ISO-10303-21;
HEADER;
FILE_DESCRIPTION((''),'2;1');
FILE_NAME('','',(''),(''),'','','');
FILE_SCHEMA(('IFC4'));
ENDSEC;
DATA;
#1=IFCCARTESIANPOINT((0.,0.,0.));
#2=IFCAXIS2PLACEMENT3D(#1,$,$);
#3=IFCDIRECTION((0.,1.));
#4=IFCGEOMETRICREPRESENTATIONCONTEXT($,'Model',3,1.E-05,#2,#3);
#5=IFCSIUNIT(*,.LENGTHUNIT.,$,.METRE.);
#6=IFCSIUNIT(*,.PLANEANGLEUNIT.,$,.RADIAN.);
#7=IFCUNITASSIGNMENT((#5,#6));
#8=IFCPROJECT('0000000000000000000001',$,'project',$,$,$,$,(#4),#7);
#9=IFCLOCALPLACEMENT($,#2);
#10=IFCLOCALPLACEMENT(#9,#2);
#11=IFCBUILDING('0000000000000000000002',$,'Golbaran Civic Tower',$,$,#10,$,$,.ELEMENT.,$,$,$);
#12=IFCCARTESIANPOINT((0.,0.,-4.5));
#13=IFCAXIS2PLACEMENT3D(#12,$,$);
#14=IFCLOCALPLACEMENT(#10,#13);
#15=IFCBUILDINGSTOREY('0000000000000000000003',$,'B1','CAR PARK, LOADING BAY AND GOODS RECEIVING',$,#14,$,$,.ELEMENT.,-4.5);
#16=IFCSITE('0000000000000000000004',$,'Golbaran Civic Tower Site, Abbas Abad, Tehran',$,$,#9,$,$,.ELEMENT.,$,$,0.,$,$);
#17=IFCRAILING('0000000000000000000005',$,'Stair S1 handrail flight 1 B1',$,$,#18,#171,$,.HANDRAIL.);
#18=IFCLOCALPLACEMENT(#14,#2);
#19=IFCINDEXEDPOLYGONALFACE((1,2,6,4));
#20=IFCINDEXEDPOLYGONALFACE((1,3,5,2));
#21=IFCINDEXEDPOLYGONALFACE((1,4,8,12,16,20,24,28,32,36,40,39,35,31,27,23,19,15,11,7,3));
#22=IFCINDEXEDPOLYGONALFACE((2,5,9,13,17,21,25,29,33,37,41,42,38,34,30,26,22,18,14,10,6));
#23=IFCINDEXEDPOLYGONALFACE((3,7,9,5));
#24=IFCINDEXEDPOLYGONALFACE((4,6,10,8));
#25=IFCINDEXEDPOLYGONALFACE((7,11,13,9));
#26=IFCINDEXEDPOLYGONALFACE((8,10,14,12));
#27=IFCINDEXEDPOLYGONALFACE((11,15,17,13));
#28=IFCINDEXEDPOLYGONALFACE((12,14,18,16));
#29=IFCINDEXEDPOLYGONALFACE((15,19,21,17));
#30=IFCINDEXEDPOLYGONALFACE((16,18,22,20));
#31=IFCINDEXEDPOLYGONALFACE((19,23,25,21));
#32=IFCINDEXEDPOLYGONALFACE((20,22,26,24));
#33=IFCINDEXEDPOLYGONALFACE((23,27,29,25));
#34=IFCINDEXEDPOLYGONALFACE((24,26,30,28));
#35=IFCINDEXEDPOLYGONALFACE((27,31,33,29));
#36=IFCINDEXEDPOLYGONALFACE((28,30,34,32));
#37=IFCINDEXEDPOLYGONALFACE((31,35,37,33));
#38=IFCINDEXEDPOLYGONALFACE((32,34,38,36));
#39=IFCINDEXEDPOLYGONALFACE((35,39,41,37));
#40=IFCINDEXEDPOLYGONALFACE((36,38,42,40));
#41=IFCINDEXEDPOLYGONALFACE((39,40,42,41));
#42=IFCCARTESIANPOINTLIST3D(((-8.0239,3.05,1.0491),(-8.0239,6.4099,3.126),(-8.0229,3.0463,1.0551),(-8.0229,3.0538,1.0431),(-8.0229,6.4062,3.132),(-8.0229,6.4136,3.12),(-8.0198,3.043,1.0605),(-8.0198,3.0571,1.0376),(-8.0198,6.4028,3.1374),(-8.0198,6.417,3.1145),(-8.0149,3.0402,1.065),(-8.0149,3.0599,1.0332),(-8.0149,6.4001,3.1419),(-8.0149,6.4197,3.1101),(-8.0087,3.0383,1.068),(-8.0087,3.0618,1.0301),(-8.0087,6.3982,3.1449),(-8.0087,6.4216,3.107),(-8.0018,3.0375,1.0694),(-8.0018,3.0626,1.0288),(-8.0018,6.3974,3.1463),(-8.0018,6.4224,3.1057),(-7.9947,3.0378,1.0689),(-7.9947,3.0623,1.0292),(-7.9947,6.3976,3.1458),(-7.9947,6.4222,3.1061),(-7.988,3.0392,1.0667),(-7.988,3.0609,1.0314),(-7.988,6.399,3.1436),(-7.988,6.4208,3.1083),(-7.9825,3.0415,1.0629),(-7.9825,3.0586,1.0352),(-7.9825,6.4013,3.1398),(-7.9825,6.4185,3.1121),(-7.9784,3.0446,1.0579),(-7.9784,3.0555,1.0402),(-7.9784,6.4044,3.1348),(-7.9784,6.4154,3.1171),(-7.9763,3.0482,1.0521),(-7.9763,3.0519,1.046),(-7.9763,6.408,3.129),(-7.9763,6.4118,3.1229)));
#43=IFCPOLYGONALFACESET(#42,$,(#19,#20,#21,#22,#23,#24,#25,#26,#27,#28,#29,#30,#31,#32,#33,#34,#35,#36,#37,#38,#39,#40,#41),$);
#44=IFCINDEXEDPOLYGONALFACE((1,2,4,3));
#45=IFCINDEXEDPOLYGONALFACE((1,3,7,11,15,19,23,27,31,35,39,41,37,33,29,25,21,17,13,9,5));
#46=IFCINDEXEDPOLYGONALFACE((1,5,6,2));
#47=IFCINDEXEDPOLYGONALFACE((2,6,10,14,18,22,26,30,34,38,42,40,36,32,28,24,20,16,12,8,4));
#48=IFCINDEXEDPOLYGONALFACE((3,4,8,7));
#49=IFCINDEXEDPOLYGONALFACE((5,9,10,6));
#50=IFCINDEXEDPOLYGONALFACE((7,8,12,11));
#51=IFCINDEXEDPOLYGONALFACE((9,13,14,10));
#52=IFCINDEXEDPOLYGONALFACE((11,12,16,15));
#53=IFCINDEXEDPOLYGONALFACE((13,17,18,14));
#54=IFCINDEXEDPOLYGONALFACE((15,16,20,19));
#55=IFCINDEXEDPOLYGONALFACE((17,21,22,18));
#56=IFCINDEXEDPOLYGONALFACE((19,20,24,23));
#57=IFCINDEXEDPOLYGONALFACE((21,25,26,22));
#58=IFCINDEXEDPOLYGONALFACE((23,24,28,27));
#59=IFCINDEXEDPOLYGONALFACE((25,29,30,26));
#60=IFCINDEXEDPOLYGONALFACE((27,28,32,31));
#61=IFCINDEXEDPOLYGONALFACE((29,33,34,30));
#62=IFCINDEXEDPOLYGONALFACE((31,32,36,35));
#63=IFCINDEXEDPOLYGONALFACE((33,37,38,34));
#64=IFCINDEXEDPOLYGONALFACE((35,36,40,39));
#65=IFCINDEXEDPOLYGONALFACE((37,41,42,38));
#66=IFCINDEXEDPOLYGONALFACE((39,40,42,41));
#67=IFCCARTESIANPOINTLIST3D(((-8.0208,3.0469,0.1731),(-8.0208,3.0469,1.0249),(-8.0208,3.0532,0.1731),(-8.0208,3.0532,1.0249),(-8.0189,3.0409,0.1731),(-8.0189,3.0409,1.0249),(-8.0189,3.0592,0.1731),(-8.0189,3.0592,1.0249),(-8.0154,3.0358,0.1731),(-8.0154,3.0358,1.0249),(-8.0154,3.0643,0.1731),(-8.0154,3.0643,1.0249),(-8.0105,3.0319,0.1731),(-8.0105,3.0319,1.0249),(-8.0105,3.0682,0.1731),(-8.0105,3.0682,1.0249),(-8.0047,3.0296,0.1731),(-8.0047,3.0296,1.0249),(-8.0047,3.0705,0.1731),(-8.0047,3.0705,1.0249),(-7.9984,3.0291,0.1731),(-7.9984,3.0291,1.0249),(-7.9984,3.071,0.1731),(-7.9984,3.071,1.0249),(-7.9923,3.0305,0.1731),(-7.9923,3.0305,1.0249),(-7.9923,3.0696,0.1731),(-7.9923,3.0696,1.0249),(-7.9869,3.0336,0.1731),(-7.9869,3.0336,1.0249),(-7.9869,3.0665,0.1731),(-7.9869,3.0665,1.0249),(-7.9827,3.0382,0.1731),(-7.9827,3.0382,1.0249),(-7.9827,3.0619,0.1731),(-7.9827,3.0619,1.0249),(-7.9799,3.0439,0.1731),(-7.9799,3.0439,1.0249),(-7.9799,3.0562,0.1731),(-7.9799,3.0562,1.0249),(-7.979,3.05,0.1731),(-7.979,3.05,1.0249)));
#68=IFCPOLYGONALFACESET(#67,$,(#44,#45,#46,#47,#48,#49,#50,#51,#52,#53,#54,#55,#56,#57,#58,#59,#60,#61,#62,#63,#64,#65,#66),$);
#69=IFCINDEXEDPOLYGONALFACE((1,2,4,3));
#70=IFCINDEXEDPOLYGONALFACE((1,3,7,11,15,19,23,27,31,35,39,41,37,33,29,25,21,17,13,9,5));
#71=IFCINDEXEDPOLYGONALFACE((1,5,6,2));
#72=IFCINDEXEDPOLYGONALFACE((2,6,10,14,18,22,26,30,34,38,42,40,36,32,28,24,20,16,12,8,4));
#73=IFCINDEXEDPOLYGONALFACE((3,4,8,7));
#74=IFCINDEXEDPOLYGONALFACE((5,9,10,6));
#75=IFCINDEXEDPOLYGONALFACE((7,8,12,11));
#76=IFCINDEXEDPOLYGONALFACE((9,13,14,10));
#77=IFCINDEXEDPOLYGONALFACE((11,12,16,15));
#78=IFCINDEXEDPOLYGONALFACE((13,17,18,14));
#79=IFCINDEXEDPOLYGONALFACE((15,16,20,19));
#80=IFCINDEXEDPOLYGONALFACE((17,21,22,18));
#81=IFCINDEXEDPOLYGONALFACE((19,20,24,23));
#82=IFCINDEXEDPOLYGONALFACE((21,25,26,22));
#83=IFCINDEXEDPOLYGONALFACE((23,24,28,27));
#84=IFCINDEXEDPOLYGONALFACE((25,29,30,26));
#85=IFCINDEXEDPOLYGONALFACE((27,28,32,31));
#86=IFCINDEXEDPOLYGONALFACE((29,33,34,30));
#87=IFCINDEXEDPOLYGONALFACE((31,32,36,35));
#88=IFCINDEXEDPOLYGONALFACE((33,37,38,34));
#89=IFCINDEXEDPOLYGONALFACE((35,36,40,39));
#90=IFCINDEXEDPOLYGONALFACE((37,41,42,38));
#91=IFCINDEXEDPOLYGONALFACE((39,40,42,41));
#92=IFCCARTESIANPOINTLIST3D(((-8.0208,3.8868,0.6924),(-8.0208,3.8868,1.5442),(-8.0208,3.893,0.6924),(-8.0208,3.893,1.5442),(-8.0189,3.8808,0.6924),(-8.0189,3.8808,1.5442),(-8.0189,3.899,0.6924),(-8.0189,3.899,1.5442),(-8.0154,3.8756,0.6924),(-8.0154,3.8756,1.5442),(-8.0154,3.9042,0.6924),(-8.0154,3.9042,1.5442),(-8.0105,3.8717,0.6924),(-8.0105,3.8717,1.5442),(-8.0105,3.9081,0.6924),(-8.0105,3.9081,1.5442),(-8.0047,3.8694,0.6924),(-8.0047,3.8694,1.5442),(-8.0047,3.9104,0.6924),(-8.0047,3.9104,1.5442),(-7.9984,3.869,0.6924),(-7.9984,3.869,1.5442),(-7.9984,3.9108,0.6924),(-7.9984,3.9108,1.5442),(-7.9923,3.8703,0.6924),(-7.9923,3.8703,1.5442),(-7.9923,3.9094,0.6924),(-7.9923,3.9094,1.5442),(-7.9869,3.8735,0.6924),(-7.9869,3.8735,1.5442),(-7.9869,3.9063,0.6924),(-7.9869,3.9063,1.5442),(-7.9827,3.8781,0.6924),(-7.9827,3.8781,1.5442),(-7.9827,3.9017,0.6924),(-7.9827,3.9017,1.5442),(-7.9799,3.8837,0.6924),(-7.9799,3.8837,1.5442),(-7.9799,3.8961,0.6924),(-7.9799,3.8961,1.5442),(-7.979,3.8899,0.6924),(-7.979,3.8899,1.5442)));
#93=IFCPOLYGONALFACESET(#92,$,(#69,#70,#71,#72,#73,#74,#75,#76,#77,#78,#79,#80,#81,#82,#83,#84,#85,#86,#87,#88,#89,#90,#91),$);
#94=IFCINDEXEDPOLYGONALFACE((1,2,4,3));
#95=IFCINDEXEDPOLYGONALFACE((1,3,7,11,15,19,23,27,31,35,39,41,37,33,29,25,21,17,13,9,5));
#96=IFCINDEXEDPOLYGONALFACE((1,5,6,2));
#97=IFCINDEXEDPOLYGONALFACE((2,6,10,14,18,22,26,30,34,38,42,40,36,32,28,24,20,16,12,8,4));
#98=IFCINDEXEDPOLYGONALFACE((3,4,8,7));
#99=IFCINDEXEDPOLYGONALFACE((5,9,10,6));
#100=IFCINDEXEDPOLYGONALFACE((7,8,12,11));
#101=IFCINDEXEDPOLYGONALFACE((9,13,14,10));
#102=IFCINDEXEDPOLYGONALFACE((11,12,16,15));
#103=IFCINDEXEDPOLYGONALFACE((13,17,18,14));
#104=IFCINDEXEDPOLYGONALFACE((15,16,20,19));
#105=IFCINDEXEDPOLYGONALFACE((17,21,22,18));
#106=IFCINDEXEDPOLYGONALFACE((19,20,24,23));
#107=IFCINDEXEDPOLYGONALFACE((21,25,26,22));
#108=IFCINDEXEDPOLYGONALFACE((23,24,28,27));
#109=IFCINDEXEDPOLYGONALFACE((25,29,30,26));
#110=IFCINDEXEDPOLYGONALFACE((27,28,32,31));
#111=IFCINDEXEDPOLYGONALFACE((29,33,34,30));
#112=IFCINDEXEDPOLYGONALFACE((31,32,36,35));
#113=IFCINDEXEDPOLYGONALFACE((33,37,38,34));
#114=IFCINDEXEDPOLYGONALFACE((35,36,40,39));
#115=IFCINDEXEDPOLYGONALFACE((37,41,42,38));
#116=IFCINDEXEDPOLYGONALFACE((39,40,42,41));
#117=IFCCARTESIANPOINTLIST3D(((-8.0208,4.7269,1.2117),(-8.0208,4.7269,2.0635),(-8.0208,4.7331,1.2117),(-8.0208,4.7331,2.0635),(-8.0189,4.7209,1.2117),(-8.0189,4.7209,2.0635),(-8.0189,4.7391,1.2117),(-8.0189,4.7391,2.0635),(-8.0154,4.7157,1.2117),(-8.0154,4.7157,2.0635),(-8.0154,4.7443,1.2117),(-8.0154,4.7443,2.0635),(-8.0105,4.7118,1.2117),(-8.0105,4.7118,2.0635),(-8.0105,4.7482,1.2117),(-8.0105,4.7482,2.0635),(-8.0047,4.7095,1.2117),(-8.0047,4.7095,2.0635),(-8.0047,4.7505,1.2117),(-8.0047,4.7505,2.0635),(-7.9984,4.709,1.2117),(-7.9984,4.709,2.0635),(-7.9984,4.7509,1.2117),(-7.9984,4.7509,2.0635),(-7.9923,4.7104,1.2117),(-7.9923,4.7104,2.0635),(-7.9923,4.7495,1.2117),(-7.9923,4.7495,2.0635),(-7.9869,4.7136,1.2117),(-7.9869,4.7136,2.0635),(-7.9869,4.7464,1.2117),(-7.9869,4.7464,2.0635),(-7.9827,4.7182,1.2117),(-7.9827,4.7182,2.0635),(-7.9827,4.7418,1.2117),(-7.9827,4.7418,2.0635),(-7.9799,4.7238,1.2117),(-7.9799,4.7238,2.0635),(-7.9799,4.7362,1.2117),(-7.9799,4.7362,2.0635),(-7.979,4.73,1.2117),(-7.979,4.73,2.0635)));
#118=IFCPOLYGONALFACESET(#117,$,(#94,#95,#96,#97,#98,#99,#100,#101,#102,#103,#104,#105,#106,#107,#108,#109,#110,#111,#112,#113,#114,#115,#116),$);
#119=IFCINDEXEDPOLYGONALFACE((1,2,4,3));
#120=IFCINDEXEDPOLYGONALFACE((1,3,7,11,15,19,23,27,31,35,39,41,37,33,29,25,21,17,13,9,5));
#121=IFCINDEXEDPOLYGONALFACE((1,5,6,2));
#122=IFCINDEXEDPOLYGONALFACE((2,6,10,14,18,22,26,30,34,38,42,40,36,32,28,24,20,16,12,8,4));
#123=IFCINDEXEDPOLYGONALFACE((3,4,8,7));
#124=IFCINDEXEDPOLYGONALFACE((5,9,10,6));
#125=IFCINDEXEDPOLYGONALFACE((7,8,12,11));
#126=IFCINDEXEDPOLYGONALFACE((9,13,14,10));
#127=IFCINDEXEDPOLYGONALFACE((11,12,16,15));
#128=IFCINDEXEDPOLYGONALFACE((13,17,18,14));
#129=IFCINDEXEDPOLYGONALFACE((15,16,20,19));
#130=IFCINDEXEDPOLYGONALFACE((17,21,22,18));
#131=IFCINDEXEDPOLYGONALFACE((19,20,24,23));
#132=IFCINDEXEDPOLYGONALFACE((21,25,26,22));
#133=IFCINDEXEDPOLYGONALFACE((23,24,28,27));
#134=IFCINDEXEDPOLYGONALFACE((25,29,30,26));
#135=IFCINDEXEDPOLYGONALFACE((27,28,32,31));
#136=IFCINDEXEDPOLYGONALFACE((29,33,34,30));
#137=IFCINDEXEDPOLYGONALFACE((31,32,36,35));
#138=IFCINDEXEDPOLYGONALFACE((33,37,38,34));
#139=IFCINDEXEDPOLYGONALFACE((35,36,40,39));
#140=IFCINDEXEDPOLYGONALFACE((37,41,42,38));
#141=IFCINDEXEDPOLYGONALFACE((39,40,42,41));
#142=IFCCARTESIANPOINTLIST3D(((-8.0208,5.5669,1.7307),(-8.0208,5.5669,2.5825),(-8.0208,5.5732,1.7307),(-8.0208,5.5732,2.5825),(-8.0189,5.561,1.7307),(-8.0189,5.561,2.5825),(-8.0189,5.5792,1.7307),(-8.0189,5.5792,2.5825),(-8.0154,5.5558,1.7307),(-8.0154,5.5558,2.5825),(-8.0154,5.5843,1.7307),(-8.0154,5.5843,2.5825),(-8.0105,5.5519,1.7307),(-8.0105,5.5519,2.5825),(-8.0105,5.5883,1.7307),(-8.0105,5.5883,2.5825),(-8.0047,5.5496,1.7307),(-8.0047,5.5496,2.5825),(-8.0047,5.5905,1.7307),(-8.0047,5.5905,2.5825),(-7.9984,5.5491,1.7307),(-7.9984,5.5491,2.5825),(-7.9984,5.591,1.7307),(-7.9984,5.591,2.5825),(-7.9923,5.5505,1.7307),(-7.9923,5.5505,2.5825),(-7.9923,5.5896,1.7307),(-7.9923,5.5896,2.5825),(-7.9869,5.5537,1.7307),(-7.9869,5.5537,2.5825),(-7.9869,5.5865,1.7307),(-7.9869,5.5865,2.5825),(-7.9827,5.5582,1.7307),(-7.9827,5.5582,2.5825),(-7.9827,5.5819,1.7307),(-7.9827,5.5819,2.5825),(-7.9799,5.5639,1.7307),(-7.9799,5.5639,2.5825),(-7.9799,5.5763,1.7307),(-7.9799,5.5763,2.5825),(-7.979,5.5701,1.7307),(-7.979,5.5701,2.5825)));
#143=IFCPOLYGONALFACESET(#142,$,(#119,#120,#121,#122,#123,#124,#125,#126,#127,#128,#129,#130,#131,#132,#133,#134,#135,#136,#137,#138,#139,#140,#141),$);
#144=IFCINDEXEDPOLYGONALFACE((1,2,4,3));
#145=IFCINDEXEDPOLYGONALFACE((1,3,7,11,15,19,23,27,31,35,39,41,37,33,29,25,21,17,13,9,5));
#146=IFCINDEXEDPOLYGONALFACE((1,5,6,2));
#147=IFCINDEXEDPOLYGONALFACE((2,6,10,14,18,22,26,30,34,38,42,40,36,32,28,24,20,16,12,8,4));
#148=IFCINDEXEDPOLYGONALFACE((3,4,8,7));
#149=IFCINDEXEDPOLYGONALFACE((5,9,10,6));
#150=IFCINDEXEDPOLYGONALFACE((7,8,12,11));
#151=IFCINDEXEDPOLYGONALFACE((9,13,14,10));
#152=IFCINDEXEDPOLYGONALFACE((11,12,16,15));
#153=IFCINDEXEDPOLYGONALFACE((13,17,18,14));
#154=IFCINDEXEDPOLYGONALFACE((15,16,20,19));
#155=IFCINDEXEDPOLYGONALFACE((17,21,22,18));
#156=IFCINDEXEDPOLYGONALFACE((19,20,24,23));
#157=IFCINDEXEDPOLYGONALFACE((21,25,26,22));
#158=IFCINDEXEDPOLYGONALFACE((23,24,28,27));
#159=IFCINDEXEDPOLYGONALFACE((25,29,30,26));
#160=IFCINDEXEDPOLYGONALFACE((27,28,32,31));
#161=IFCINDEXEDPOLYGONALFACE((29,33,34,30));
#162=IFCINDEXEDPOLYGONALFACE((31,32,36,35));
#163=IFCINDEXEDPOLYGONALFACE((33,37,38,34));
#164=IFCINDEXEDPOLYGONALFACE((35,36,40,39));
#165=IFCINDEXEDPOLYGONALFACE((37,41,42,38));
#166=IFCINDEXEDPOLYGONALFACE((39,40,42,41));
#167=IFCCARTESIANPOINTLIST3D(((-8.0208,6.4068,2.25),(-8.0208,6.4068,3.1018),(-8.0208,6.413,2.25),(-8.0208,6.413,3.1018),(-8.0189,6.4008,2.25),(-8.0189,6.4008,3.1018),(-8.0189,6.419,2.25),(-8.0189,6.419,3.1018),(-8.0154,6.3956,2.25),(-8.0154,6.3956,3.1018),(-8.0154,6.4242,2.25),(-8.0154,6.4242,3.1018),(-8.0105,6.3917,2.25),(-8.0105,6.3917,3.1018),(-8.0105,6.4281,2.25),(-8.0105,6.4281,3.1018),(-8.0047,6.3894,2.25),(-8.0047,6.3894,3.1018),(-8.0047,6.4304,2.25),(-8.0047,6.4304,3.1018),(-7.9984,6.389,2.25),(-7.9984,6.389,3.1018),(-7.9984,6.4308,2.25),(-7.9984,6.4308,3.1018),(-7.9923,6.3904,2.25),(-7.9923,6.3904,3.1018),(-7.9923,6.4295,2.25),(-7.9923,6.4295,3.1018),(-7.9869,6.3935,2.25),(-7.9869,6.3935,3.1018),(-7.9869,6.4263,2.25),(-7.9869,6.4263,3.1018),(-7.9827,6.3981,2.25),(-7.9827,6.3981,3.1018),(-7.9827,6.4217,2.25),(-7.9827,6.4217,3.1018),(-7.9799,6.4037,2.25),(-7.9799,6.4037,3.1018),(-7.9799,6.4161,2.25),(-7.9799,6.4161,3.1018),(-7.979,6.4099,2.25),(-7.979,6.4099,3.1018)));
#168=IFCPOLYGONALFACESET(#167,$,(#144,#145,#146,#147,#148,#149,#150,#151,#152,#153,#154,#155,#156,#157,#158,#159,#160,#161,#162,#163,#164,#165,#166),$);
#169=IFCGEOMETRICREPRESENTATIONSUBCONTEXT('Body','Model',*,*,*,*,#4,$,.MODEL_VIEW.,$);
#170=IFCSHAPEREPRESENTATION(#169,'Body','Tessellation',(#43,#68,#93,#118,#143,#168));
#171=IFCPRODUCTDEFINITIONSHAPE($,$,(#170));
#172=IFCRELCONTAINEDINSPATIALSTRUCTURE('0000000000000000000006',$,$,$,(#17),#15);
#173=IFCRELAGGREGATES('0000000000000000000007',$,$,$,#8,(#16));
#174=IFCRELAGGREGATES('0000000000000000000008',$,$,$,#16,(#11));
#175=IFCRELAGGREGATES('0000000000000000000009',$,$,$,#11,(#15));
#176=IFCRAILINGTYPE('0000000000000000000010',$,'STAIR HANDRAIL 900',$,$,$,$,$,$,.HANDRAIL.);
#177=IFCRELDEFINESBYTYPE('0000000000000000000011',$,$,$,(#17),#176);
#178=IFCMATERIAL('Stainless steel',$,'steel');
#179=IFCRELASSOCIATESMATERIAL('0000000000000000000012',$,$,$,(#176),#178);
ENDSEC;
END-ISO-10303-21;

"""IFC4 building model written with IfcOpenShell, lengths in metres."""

from ifc_helpers import new_model, si_unit, direction, frame, origin, origin_2d, place, context, subcontext, project, spatial, circle, extrude, material, type_object, element, save


model = new_model("IFC4")

# Units and contexts
model_context = context("Model", 3, precision=1e-05, world=origin(), true_north=direction((0.0, 1.0)))
body_context = subcontext(model_context, "Body", "Model", "MODEL_VIEW")
ifc_project = project(units=[si_unit("LENGTHUNIT", "METRE"), si_unit("PLANEANGLEUNIT", "RADIAN")], contexts=[model_context])

# Site, building, storey
site_placement = place(None, origin())
site = spatial("IfcSite", under=ifc_project, at=site_placement, Name="Golbaran Civic Tower Site, Abbas Abad, Tehran", CompositionType="ELEMENT", RefElevation=0.0)
building_placement = place(site_placement, origin())
building = spatial("IfcBuilding", under=site, at=building_placement, Name="Golbaran Civic Tower", CompositionType="ELEMENT")
storey_placement = place(building_placement, frame((0.0, 0.0, -4.5)))
storey = spatial("IfcBuildingStorey", under=building, at=storey_placement, Name="B1", Description="CAR PARK, LOADING BAY AND GOODS RECEIVING", CompositionType="ELEMENT", Elevation=-4.5)

# Railing
ifc_material_1 = material(Name="Stainless steel", Category="steel")
railing_type = type_object("IfcRailingType", Name="STAIR HANDRAIL 900", PredefinedType="HANDRAIL", material=ifc_material_1)
railing_1_placement = place(storey_placement, frame((-8.0, 3.05, 0.1731)))
element("IfcRailing", 1, at=railing_1_placement, inside=storey, type_object=railing_type, Name="Stair S1 handrail flight 1 B1", PredefinedType="HANDRAIL", context=body_context, shape_type="SweptSolid", body=[
    extrude(circle(Radius=0.0239, at=origin_2d()), frame((0.0, 0.0, 0.876), z_axis=(0.0, 0.850606, 0.525803), x_axis=(-1.0, 0.0, 0.0)), (0.0, 0.0, 1.0), 3.95),
    extrude(circle(Radius=0.021, at=origin_2d()), origin(), (0.0, 0.0, 1.0), 0.8518),
    extrude(circle(Radius=0.021, at=origin_2d()), frame((0.0, 0.8398, 0.5193)), (0.0, 0.0, 1.0), 0.8518),
    extrude(circle(Radius=0.021, at=origin_2d()), frame((0.0, 1.6799, 1.0386)), (0.0, 0.0, 1.0), 0.8518),
    extrude(circle(Radius=0.021, at=origin_2d()), frame((0.0, 2.52, 1.5576)), (0.0, 0.0, 1.0), 0.8518),
    extrude(circle(Radius=0.021, at=origin_2d()), frame((0.0, 3.3599, 2.0769)), (0.0, 0.0, 1.0), 0.8518),
])

save(model, "model.ifc")
